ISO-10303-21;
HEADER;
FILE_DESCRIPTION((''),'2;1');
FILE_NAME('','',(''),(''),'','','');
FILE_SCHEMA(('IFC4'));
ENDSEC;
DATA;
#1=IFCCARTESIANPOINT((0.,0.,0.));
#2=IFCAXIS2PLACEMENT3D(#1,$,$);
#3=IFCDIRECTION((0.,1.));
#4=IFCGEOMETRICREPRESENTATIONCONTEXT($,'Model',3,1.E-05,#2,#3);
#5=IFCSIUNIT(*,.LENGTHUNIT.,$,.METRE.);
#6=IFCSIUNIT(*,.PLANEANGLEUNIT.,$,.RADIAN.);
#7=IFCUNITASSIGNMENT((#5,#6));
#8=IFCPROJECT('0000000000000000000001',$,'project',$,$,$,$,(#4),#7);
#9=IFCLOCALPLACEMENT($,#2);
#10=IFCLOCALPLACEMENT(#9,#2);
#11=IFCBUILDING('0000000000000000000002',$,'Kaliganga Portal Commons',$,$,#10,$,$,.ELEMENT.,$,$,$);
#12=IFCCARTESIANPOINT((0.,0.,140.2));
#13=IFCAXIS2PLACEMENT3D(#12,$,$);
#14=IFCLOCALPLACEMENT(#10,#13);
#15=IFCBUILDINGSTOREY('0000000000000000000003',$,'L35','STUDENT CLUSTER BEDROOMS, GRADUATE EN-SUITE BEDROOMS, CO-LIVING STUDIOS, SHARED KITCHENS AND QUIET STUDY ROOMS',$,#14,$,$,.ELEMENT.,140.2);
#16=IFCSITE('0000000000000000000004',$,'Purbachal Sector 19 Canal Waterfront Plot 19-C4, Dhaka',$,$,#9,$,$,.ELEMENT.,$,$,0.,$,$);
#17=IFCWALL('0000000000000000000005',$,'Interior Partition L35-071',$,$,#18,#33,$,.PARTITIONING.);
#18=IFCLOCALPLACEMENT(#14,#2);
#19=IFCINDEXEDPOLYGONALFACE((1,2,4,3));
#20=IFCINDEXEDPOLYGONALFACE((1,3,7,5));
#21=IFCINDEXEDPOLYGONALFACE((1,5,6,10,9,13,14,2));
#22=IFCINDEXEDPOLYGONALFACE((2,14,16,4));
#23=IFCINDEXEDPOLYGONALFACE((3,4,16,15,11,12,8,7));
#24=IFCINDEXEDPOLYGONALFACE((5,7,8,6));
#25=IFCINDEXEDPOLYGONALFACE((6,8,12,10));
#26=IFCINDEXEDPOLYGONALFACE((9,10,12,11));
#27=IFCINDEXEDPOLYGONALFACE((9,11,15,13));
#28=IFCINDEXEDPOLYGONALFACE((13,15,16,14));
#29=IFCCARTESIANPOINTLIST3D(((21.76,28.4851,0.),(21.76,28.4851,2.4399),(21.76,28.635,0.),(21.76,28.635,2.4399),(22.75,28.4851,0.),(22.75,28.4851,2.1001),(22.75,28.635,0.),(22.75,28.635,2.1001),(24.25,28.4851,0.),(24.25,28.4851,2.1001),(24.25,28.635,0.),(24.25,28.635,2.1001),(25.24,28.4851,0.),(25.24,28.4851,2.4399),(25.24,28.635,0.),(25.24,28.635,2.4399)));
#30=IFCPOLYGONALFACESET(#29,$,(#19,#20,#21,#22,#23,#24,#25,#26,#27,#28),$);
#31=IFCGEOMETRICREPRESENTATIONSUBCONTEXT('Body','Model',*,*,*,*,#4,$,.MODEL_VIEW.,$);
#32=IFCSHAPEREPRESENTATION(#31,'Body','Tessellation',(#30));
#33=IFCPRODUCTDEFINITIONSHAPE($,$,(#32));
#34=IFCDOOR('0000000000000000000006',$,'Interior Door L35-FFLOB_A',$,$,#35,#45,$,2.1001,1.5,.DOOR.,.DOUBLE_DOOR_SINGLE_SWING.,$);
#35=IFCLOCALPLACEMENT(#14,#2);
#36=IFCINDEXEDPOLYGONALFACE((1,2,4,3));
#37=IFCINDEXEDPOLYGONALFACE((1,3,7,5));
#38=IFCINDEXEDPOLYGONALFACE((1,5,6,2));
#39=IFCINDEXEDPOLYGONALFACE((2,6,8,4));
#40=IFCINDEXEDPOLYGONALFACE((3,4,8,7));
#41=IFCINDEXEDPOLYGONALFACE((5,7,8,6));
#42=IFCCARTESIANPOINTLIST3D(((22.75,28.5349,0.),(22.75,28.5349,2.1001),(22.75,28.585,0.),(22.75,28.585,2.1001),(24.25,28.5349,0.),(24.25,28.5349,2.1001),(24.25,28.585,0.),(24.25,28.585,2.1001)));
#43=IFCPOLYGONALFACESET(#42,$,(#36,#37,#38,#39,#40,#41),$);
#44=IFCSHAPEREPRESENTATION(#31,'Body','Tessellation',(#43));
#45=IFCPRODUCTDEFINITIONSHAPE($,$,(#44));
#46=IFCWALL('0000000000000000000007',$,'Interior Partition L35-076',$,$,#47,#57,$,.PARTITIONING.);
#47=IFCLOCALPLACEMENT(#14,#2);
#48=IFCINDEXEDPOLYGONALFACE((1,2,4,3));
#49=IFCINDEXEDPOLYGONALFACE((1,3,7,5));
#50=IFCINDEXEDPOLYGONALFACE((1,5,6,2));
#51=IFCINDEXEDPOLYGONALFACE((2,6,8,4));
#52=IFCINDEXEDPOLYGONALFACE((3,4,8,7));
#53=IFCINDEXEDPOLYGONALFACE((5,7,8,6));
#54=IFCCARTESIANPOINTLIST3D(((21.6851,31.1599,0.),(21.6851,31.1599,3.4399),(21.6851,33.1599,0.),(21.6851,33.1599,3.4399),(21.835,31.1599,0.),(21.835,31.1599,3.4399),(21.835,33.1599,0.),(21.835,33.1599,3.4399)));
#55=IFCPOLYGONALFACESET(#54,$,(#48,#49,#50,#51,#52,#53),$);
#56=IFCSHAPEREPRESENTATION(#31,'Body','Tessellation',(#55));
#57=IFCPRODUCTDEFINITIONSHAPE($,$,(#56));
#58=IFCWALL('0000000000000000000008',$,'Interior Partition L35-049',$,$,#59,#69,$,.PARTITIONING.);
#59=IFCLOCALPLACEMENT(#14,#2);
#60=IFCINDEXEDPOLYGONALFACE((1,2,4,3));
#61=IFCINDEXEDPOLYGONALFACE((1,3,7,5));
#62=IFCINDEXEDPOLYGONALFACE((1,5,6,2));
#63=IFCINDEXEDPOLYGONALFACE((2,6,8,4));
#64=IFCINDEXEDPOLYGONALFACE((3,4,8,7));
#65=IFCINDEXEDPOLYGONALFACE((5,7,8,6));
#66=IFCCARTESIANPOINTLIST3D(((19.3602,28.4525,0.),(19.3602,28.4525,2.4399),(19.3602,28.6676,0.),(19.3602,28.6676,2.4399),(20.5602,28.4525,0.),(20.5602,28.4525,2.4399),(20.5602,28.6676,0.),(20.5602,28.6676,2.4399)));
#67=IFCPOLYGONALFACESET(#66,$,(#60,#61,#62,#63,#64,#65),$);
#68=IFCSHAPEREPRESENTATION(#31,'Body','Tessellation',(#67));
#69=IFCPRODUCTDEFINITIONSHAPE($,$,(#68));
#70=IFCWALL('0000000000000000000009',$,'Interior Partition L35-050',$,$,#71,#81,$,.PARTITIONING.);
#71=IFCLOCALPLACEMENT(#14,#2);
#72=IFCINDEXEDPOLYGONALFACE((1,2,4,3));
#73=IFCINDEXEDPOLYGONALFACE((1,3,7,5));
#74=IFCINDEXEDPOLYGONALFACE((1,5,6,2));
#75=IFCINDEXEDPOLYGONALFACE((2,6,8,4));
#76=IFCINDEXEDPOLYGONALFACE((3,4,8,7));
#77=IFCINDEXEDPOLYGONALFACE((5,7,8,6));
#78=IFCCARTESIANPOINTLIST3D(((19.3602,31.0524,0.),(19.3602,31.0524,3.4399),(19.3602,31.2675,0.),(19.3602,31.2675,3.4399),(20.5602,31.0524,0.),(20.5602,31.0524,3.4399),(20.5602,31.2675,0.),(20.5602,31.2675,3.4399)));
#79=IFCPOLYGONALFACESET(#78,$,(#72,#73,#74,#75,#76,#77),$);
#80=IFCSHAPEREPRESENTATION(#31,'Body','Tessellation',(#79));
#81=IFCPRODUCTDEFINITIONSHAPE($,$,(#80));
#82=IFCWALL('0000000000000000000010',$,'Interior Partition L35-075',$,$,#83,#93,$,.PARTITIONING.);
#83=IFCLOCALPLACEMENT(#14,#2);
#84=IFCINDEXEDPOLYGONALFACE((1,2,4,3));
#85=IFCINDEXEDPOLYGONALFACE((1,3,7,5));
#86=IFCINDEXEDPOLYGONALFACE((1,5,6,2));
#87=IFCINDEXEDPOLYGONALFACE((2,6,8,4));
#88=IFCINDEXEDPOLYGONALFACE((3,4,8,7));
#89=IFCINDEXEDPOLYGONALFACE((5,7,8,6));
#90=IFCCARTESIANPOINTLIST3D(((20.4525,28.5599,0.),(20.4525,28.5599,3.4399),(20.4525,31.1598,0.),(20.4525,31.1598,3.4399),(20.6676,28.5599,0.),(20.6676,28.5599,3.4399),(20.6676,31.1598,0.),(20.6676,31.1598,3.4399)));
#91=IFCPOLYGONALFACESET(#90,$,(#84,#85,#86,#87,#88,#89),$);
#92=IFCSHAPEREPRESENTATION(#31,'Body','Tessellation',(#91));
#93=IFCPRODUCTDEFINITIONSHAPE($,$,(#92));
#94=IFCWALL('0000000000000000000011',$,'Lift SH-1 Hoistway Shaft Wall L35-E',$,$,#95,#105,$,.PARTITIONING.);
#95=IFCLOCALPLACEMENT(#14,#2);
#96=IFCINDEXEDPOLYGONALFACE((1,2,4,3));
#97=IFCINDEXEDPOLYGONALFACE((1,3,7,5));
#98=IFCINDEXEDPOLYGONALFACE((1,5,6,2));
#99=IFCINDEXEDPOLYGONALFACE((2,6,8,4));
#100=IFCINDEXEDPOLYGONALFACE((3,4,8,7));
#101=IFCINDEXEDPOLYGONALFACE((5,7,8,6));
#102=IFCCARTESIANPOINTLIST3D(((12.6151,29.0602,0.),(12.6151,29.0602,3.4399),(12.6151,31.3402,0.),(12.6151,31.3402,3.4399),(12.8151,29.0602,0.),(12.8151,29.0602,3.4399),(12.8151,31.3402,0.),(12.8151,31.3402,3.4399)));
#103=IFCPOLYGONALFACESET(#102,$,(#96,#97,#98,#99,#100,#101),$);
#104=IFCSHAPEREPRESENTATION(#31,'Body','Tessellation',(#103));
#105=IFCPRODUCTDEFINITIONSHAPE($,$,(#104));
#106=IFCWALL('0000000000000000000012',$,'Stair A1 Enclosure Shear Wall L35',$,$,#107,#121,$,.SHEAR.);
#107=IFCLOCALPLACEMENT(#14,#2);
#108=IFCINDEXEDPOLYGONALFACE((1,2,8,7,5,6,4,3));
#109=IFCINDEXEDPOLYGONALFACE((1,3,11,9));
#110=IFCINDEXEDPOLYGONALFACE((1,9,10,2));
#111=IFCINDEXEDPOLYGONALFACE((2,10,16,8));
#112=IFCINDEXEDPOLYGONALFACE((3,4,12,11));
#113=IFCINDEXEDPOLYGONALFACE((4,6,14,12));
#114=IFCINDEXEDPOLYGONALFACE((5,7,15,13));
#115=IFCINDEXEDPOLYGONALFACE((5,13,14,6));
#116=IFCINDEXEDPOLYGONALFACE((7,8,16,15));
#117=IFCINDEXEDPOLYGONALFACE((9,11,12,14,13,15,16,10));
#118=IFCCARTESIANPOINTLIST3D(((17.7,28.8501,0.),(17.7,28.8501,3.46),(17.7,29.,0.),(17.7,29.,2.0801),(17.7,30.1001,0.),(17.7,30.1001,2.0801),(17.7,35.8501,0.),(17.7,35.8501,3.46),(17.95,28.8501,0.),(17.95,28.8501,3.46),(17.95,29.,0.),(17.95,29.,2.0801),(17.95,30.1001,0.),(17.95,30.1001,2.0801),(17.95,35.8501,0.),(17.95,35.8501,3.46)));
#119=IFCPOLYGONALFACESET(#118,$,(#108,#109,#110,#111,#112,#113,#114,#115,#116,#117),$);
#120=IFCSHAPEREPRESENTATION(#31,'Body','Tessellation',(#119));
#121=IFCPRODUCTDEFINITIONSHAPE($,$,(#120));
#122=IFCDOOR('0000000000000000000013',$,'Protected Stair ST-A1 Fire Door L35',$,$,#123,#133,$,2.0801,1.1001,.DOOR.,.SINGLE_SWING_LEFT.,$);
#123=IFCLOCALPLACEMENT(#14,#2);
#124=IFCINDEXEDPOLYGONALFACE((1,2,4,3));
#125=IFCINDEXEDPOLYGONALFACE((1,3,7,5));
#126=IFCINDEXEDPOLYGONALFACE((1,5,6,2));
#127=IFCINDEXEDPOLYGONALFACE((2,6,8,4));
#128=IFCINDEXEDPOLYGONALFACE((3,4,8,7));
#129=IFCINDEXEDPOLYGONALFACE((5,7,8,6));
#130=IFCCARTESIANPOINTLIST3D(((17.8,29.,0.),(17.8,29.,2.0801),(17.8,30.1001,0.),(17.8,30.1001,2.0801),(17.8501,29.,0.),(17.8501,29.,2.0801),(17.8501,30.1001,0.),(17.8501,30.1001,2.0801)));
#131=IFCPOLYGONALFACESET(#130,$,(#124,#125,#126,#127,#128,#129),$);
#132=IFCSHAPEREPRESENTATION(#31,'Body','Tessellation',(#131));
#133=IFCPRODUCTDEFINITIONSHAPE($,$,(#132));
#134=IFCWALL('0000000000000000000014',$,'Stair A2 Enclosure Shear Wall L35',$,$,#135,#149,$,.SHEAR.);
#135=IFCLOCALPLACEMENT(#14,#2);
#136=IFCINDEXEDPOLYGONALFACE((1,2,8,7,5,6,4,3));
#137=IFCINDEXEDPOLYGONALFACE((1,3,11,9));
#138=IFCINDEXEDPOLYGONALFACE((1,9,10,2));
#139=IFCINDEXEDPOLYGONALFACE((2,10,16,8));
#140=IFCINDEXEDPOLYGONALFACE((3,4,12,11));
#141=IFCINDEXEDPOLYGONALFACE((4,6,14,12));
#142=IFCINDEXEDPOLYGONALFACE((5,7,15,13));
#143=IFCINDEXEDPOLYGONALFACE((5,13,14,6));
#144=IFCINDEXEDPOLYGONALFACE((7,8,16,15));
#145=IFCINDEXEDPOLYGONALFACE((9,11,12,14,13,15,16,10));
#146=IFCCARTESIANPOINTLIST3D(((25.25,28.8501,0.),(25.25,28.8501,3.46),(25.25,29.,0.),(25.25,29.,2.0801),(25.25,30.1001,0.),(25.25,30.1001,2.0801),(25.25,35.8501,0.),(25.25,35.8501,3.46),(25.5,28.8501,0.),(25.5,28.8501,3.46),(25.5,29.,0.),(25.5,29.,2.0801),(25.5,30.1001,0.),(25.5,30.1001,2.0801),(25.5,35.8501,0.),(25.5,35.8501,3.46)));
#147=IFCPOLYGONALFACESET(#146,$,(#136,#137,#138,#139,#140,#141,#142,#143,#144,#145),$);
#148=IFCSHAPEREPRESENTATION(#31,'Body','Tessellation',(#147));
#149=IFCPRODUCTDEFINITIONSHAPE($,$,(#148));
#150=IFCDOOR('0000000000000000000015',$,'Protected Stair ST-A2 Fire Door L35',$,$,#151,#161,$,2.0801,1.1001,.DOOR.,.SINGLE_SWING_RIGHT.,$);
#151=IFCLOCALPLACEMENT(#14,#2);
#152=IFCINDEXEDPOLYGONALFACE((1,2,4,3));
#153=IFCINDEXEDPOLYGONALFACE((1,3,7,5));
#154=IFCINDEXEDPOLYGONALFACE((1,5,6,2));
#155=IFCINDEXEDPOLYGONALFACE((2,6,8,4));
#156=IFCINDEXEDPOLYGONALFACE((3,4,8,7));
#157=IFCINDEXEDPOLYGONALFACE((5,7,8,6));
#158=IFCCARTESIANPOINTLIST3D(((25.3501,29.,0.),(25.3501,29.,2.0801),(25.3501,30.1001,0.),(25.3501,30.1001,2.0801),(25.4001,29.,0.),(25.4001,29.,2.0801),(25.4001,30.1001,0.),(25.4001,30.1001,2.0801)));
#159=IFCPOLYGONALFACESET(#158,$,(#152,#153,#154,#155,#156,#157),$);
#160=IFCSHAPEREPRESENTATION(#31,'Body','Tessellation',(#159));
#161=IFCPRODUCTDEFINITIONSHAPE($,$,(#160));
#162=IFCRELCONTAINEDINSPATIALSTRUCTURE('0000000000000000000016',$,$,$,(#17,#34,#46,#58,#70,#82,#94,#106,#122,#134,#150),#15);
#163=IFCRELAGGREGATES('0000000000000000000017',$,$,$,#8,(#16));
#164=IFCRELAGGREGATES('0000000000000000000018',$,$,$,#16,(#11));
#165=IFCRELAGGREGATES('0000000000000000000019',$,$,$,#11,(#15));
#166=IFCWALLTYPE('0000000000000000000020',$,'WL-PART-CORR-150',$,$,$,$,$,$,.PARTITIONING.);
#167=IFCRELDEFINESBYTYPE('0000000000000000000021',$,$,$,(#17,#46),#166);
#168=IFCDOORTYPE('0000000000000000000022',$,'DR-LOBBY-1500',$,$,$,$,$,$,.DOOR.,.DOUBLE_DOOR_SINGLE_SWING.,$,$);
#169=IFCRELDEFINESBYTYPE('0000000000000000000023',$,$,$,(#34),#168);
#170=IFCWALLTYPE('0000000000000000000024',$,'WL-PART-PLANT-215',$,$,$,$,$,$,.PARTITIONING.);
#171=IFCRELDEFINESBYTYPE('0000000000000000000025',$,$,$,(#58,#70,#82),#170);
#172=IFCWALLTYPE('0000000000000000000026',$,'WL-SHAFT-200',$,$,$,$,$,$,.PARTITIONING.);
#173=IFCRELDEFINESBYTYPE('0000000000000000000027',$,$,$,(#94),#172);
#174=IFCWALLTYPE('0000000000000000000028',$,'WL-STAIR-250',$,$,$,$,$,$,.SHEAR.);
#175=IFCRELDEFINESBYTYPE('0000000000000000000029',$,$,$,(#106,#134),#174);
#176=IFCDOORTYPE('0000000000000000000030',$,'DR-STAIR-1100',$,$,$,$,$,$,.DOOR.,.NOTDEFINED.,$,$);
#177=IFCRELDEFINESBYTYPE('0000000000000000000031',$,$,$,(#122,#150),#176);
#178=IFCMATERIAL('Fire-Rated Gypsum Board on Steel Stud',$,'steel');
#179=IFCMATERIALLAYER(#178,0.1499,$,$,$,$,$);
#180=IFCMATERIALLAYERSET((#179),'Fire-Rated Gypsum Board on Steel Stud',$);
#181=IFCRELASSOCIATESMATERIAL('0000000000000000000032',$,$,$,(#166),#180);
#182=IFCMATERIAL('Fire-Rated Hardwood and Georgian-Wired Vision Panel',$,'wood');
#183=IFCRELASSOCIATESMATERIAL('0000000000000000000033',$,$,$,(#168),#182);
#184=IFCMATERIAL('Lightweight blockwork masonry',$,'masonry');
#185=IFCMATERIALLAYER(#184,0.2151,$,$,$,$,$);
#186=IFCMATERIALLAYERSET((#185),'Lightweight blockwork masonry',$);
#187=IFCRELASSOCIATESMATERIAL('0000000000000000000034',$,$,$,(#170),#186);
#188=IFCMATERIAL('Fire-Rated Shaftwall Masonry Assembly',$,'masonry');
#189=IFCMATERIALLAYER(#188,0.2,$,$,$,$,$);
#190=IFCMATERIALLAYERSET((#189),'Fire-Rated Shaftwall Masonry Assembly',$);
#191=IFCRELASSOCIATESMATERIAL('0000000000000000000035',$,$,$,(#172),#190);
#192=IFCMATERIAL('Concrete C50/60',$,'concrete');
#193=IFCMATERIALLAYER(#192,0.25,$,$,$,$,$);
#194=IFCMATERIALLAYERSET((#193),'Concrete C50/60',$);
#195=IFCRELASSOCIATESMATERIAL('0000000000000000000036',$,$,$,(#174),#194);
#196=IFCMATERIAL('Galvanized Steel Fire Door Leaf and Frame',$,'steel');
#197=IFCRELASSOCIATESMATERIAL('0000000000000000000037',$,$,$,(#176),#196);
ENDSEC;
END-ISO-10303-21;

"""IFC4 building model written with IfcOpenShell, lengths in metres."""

from ifc_helpers import new_model, si_unit, direction, frame, frame_2d, origin, place, context, subcontext, project, spatial, rectangle, extrude, material, layer, layer_set, type_object, element, fill, save


model = new_model("IFC4")

# Units and contexts
model_context = context("Model", 3, precision=1e-05, world=origin(), true_north=direction((0.0, 1.0)))
body_context = subcontext(model_context, "Body", "Model", "MODEL_VIEW")
ifc_project = project(units=[si_unit("LENGTHUNIT", "METRE"), si_unit("PLANEANGLEUNIT", "RADIAN")], contexts=[model_context])

# Site, building, storey
site_placement = place(None, origin())
site = spatial("IfcSite", under=ifc_project, at=site_placement, Name="Purbachal Sector 19 Canal Waterfront Plot 19-C4, Dhaka", CompositionType="ELEMENT", RefElevation=0.0)
building_placement = place(site_placement, origin())
building = spatial("IfcBuilding", under=site, at=building_placement, Name="Kaliganga Portal Commons", CompositionType="ELEMENT")
storey_placement = place(building_placement, frame((0.0, 0.0, 140.2)))
storey = spatial("IfcBuildingStorey", under=building, at=storey_placement, Name="L35", Description="STUDENT CLUSTER BEDROOMS, GRADUATE EN-SUITE BEDROOMS, CO-LIVING STUDIOS, SHARED KITCHENS AND QUIET STUDY ROOMS", CompositionType="ELEMENT", Elevation=140.2)

# Shared definitions
ifc_material_1 = material(Name="Concrete C50/60", Category="concrete")

# Shared definitions
ifc_material_2 = material(Name="Fire-Rated Gypsum Board on Steel Stud", Category="steel")
ifc_layer_1 = layer(ifc_material_2, 0.1499)
ifc_layer_set_1 = layer_set([ifc_layer_1], Name="Fire-Rated Gypsum Board on Steel Stud")
wall_type_1 = type_object("IfcWallType", Name="WL-PART-CORR-150", PredefinedType="PARTITIONING", material=ifc_layer_set_1)

# Wall, opening, door
wall_1_placement = place(storey_placement, frame((21.76, 28.5601, 0.0), z_axis=(0.0, 0.0, 1.0), x_axis=(1.0, 0.0, 0.0)))
wall_1 = element("IfcWall", 1, at=wall_1_placement, inside=storey, type_object=wall_type_1, Name="Interior Partition L35-071", PredefinedType="PARTITIONING", context=body_context, shape_type="SweptSolid", body=[
    extrude(rectangle(XDim=3.48, YDim=0.1499, at=frame_2d((1.74, 0.0))), origin(), (0.0, 0.0, 1.0), 2.4399),
])
opening_1_placement = place(wall_1_placement, frame((0.99, 0.0, 0.0)))
opening_1 = element("IfcOpeningElement", 2, at=opening_1_placement, cuts=wall_1, PredefinedType="OPENING", context=body_context, shape_type="SweptSolid", body=[
    extrude(rectangle(XDim=1.5, YDim=2.1001, at=frame_2d((0.75, 1.05))), frame((0.0, 0.085, 0.0), z_axis=(0.0, -1.0, 0.0), x_axis=(1.0, 0.0, 0.0)), (0.0, 0.0, 1.0), 0.1699),
])
ifc_material_3 = material(Name="Fire-Rated Hardwood and Georgian-Wired Vision Panel", Category="wood")
door_type_1 = type_object("IfcDoorType", Name="DR-LOBBY-1500", OperationType="DOUBLE_DOOR_SINGLE_SWING", PredefinedType="DOOR", material=ifc_material_3)
door_1_placement = place(opening_1_placement, origin())
door_1 = element("IfcDoor", 3, at=door_1_placement, inside=storey, type_object=door_type_1, Name="Interior Door L35-FFLOB_A", OperationType="DOUBLE_DOOR_SINGLE_SWING", OverallHeight=2.1001, OverallWidth=1.5, PredefinedType="DOOR", context=body_context, shape_type="SweptSolid", body=[
    extrude(rectangle(XDim=1.5, YDim=2.1001, at=frame_2d((0.75, 1.05))), frame((0.0, 0.0249, 0.0), z_axis=(0.0, -1.0, 0.0), x_axis=(1.0, 0.0, 0.0)), (0.0, 0.0, 1.0), 0.05),
])
fill(opening_1, door_1)

# Wall
wall_2_placement = place(storey_placement, frame((21.76, 31.1599, 0.0), z_axis=(0.0, 0.0, 1.0), x_axis=(0.0, 1.0, 0.0)))
element("IfcWall", 4, at=wall_2_placement, inside=storey, type_object=wall_type_1, Name="Interior Partition L35-076", PredefinedType="PARTITIONING", context=body_context, shape_type="SweptSolid", body=[
    extrude(rectangle(XDim=2.0, YDim=0.1499, at=frame_2d((1.0, 0.0))), origin(), (0.0, 0.0, 1.0), 3.4399),
])

# Shared definitions
ifc_material_4 = material(Name="Lightweight blockwork masonry", Category="masonry")
ifc_layer_2 = layer(ifc_material_4, 0.2151)
ifc_layer_set_2 = layer_set([ifc_layer_2], Name="Lightweight blockwork masonry")
wall_type_2 = type_object("IfcWallType", Name="WL-PART-PLANT-215", PredefinedType="PARTITIONING", material=ifc_layer_set_2)

# Walls
wall_3_placement = place(storey_placement, frame((19.3601, 28.5601, 0.0), z_axis=(0.0, 0.0, 1.0), x_axis=(1.0, 0.0, 0.0)))
element("IfcWall", 5, at=wall_3_placement, inside=storey, type_object=wall_type_2, Name="Interior Partition L35-049", PredefinedType="PARTITIONING", context=body_context, shape_type="SweptSolid", body=[
    extrude(rectangle(XDim=1.2, YDim=0.2151, at=frame_2d((0.6001, 0.0))), origin(), (0.0, 0.0, 1.0), 2.4399),
])
wall_4_placement = place(storey_placement, frame((19.3601, 31.1599, 0.0), z_axis=(0.0, 0.0, 1.0), x_axis=(1.0, 0.0, 0.0)))
element("IfcWall", 6, at=wall_4_placement, inside=storey, type_object=wall_type_2, Name="Interior Partition L35-050", PredefinedType="PARTITIONING", context=body_context, shape_type="SweptSolid", body=[
    extrude(rectangle(XDim=1.2, YDim=0.2151, at=frame_2d((0.6001, 0.0))), origin(), (0.0, 0.0, 1.0), 3.4399),
])
wall_5_placement = place(storey_placement, frame((20.5601, 28.5601, 0.0), z_axis=(0.0, 0.0, 1.0), x_axis=(0.0, 1.0, 0.0)))
element("IfcWall", 7, at=wall_5_placement, inside=storey, type_object=wall_type_2, Name="Interior Partition L35-075", PredefinedType="PARTITIONING", context=body_context, shape_type="SweptSolid", body=[
    extrude(rectangle(XDim=2.5999, YDim=0.2151, at=frame_2d((1.2998, 0.0))), origin(), (0.0, 0.0, 1.0), 3.4399),
])
ifc_material_5 = material(Name="Fire-Rated Shaftwall Masonry Assembly", Category="masonry")
ifc_layer_3 = layer(ifc_material_5, 0.2)
ifc_layer_set_3 = layer_set([ifc_layer_3], Name="Fire-Rated Shaftwall Masonry Assembly")
wall_type_3 = type_object("IfcWallType", Name="WL-SHAFT-200", PredefinedType="PARTITIONING", material=ifc_layer_set_3)
wall_6_placement = place(storey_placement, frame((12.7151, 29.0601, 0.0), z_axis=(0.0, 0.0, 1.0), x_axis=(0.0, 1.0, 0.0)))
element("IfcWall", 8, at=wall_6_placement, inside=storey, type_object=wall_type_3, Name="Lift SH-1 Hoistway Shaft Wall L35-E", PredefinedType="PARTITIONING", context=body_context, shape_type="SweptSolid", body=[
    extrude(rectangle(XDim=2.28, YDim=0.2, at=frame_2d((1.1401, 0.0))), origin(), (0.0, 0.0, 1.0), 3.4399),
])

# Walls, openings, doors
ifc_layer_4 = layer(ifc_material_1, 0.25)
ifc_layer_set_4 = layer_set([ifc_layer_4], Name="Concrete C50/60")
wall_type_4 = type_object("IfcWallType", Name="WL-STAIR-250", PredefinedType="SHEAR", material=ifc_layer_set_4)
wall_7_placement = place(storey_placement, frame((17.825, 28.8501, 0.0), z_axis=(0.0, 0.0, 1.0), x_axis=(0.0, 1.0, 0.0)))
wall_7 = element("IfcWall", 9, at=wall_7_placement, inside=storey, type_object=wall_type_4, Name="Stair A1 Enclosure Shear Wall L35", PredefinedType="SHEAR", context=body_context, shape_type="SweptSolid", body=[
    extrude(rectangle(XDim=7.0, YDim=0.25, at=frame_2d((3.5, 0.0))), origin(), (0.0, 0.0, 1.0), 3.46),
])
opening_2_placement = place(wall_7_placement, frame((0.1499, 0.0, 0.0)))
opening_2 = element("IfcOpeningElement", 10, at=opening_2_placement, cuts=wall_7, PredefinedType="OPENING", context=body_context, shape_type="SweptSolid", body=[
    extrude(rectangle(XDim=1.1001, YDim=2.0801, at=frame_2d((0.55, 1.04))), frame((0.0, 0.135, 0.0), z_axis=(0.0, -1.0, 0.0), x_axis=(1.0, 0.0, 0.0)), (0.0, 0.0, 1.0), 0.27),
])
ifc_material_6 = material(Name="Galvanized Steel Fire Door Leaf and Frame", Category="steel")
door_type_2 = type_object("IfcDoorType", Name="DR-STAIR-1100", OperationType="NOTDEFINED", PredefinedType="DOOR", material=ifc_material_6)
door_2_placement = place(opening_2_placement, origin())
door_2 = element("IfcDoor", 11, at=door_2_placement, inside=storey, type_object=door_type_2, Name="Protected Stair ST-A1 Fire Door L35", OperationType="SINGLE_SWING_LEFT", OverallHeight=2.0801, OverallWidth=1.1001, PredefinedType="DOOR", context=body_context, shape_type="SweptSolid", body=[
    extrude(rectangle(XDim=1.1001, YDim=2.0801, at=frame_2d((0.55, 1.04))), frame((0.0, 0.0249, 0.0), z_axis=(0.0, -1.0, 0.0), x_axis=(1.0, 0.0, 0.0)), (0.0, 0.0, 1.0), 0.05),
])
fill(opening_2, door_2)
wall_8_placement = place(storey_placement, frame((25.375, 28.8501, 0.0), z_axis=(0.0, 0.0, 1.0), x_axis=(0.0, 1.0, 0.0)))
wall_8 = element("IfcWall", 12, at=wall_8_placement, inside=storey, type_object=wall_type_4, Name="Stair A2 Enclosure Shear Wall L35", PredefinedType="SHEAR", context=body_context, shape_type="SweptSolid", body=[
    extrude(rectangle(XDim=7.0, YDim=0.25, at=frame_2d((3.5, 0.0))), origin(), (0.0, 0.0, 1.0), 3.46),
])
opening_3_placement = place(wall_8_placement, frame((0.1499, 0.0, 0.0)))
opening_3 = element("IfcOpeningElement", 13, at=opening_3_placement, cuts=wall_8, PredefinedType="OPENING", context=body_context, shape_type="SweptSolid", body=[
    extrude(rectangle(XDim=1.1001, YDim=2.0801, at=frame_2d((0.55, 1.04))), frame((0.0, 0.135, 0.0), z_axis=(0.0, -1.0, 0.0), x_axis=(1.0, 0.0, 0.0)), (0.0, 0.0, 1.0), 0.27),
])
door_3_placement = place(opening_3_placement, origin())
door_3 = element("IfcDoor", 14, at=door_3_placement, inside=storey, type_object=door_type_2, Name="Protected Stair ST-A2 Fire Door L35", OperationType="SINGLE_SWING_RIGHT", OverallHeight=2.0801, OverallWidth=1.1001, PredefinedType="DOOR", context=body_context, shape_type="SweptSolid", body=[
    extrude(rectangle(XDim=1.1001, YDim=2.0801, at=frame_2d((0.55, 1.04))), frame((0.0, 0.0249, 0.0), z_axis=(0.0, -1.0, 0.0), x_axis=(1.0, 0.0, 0.0)), (0.0, 0.0, 1.0), 0.05),
])
fill(opening_3, door_3)

save(model, "model.ifc")
